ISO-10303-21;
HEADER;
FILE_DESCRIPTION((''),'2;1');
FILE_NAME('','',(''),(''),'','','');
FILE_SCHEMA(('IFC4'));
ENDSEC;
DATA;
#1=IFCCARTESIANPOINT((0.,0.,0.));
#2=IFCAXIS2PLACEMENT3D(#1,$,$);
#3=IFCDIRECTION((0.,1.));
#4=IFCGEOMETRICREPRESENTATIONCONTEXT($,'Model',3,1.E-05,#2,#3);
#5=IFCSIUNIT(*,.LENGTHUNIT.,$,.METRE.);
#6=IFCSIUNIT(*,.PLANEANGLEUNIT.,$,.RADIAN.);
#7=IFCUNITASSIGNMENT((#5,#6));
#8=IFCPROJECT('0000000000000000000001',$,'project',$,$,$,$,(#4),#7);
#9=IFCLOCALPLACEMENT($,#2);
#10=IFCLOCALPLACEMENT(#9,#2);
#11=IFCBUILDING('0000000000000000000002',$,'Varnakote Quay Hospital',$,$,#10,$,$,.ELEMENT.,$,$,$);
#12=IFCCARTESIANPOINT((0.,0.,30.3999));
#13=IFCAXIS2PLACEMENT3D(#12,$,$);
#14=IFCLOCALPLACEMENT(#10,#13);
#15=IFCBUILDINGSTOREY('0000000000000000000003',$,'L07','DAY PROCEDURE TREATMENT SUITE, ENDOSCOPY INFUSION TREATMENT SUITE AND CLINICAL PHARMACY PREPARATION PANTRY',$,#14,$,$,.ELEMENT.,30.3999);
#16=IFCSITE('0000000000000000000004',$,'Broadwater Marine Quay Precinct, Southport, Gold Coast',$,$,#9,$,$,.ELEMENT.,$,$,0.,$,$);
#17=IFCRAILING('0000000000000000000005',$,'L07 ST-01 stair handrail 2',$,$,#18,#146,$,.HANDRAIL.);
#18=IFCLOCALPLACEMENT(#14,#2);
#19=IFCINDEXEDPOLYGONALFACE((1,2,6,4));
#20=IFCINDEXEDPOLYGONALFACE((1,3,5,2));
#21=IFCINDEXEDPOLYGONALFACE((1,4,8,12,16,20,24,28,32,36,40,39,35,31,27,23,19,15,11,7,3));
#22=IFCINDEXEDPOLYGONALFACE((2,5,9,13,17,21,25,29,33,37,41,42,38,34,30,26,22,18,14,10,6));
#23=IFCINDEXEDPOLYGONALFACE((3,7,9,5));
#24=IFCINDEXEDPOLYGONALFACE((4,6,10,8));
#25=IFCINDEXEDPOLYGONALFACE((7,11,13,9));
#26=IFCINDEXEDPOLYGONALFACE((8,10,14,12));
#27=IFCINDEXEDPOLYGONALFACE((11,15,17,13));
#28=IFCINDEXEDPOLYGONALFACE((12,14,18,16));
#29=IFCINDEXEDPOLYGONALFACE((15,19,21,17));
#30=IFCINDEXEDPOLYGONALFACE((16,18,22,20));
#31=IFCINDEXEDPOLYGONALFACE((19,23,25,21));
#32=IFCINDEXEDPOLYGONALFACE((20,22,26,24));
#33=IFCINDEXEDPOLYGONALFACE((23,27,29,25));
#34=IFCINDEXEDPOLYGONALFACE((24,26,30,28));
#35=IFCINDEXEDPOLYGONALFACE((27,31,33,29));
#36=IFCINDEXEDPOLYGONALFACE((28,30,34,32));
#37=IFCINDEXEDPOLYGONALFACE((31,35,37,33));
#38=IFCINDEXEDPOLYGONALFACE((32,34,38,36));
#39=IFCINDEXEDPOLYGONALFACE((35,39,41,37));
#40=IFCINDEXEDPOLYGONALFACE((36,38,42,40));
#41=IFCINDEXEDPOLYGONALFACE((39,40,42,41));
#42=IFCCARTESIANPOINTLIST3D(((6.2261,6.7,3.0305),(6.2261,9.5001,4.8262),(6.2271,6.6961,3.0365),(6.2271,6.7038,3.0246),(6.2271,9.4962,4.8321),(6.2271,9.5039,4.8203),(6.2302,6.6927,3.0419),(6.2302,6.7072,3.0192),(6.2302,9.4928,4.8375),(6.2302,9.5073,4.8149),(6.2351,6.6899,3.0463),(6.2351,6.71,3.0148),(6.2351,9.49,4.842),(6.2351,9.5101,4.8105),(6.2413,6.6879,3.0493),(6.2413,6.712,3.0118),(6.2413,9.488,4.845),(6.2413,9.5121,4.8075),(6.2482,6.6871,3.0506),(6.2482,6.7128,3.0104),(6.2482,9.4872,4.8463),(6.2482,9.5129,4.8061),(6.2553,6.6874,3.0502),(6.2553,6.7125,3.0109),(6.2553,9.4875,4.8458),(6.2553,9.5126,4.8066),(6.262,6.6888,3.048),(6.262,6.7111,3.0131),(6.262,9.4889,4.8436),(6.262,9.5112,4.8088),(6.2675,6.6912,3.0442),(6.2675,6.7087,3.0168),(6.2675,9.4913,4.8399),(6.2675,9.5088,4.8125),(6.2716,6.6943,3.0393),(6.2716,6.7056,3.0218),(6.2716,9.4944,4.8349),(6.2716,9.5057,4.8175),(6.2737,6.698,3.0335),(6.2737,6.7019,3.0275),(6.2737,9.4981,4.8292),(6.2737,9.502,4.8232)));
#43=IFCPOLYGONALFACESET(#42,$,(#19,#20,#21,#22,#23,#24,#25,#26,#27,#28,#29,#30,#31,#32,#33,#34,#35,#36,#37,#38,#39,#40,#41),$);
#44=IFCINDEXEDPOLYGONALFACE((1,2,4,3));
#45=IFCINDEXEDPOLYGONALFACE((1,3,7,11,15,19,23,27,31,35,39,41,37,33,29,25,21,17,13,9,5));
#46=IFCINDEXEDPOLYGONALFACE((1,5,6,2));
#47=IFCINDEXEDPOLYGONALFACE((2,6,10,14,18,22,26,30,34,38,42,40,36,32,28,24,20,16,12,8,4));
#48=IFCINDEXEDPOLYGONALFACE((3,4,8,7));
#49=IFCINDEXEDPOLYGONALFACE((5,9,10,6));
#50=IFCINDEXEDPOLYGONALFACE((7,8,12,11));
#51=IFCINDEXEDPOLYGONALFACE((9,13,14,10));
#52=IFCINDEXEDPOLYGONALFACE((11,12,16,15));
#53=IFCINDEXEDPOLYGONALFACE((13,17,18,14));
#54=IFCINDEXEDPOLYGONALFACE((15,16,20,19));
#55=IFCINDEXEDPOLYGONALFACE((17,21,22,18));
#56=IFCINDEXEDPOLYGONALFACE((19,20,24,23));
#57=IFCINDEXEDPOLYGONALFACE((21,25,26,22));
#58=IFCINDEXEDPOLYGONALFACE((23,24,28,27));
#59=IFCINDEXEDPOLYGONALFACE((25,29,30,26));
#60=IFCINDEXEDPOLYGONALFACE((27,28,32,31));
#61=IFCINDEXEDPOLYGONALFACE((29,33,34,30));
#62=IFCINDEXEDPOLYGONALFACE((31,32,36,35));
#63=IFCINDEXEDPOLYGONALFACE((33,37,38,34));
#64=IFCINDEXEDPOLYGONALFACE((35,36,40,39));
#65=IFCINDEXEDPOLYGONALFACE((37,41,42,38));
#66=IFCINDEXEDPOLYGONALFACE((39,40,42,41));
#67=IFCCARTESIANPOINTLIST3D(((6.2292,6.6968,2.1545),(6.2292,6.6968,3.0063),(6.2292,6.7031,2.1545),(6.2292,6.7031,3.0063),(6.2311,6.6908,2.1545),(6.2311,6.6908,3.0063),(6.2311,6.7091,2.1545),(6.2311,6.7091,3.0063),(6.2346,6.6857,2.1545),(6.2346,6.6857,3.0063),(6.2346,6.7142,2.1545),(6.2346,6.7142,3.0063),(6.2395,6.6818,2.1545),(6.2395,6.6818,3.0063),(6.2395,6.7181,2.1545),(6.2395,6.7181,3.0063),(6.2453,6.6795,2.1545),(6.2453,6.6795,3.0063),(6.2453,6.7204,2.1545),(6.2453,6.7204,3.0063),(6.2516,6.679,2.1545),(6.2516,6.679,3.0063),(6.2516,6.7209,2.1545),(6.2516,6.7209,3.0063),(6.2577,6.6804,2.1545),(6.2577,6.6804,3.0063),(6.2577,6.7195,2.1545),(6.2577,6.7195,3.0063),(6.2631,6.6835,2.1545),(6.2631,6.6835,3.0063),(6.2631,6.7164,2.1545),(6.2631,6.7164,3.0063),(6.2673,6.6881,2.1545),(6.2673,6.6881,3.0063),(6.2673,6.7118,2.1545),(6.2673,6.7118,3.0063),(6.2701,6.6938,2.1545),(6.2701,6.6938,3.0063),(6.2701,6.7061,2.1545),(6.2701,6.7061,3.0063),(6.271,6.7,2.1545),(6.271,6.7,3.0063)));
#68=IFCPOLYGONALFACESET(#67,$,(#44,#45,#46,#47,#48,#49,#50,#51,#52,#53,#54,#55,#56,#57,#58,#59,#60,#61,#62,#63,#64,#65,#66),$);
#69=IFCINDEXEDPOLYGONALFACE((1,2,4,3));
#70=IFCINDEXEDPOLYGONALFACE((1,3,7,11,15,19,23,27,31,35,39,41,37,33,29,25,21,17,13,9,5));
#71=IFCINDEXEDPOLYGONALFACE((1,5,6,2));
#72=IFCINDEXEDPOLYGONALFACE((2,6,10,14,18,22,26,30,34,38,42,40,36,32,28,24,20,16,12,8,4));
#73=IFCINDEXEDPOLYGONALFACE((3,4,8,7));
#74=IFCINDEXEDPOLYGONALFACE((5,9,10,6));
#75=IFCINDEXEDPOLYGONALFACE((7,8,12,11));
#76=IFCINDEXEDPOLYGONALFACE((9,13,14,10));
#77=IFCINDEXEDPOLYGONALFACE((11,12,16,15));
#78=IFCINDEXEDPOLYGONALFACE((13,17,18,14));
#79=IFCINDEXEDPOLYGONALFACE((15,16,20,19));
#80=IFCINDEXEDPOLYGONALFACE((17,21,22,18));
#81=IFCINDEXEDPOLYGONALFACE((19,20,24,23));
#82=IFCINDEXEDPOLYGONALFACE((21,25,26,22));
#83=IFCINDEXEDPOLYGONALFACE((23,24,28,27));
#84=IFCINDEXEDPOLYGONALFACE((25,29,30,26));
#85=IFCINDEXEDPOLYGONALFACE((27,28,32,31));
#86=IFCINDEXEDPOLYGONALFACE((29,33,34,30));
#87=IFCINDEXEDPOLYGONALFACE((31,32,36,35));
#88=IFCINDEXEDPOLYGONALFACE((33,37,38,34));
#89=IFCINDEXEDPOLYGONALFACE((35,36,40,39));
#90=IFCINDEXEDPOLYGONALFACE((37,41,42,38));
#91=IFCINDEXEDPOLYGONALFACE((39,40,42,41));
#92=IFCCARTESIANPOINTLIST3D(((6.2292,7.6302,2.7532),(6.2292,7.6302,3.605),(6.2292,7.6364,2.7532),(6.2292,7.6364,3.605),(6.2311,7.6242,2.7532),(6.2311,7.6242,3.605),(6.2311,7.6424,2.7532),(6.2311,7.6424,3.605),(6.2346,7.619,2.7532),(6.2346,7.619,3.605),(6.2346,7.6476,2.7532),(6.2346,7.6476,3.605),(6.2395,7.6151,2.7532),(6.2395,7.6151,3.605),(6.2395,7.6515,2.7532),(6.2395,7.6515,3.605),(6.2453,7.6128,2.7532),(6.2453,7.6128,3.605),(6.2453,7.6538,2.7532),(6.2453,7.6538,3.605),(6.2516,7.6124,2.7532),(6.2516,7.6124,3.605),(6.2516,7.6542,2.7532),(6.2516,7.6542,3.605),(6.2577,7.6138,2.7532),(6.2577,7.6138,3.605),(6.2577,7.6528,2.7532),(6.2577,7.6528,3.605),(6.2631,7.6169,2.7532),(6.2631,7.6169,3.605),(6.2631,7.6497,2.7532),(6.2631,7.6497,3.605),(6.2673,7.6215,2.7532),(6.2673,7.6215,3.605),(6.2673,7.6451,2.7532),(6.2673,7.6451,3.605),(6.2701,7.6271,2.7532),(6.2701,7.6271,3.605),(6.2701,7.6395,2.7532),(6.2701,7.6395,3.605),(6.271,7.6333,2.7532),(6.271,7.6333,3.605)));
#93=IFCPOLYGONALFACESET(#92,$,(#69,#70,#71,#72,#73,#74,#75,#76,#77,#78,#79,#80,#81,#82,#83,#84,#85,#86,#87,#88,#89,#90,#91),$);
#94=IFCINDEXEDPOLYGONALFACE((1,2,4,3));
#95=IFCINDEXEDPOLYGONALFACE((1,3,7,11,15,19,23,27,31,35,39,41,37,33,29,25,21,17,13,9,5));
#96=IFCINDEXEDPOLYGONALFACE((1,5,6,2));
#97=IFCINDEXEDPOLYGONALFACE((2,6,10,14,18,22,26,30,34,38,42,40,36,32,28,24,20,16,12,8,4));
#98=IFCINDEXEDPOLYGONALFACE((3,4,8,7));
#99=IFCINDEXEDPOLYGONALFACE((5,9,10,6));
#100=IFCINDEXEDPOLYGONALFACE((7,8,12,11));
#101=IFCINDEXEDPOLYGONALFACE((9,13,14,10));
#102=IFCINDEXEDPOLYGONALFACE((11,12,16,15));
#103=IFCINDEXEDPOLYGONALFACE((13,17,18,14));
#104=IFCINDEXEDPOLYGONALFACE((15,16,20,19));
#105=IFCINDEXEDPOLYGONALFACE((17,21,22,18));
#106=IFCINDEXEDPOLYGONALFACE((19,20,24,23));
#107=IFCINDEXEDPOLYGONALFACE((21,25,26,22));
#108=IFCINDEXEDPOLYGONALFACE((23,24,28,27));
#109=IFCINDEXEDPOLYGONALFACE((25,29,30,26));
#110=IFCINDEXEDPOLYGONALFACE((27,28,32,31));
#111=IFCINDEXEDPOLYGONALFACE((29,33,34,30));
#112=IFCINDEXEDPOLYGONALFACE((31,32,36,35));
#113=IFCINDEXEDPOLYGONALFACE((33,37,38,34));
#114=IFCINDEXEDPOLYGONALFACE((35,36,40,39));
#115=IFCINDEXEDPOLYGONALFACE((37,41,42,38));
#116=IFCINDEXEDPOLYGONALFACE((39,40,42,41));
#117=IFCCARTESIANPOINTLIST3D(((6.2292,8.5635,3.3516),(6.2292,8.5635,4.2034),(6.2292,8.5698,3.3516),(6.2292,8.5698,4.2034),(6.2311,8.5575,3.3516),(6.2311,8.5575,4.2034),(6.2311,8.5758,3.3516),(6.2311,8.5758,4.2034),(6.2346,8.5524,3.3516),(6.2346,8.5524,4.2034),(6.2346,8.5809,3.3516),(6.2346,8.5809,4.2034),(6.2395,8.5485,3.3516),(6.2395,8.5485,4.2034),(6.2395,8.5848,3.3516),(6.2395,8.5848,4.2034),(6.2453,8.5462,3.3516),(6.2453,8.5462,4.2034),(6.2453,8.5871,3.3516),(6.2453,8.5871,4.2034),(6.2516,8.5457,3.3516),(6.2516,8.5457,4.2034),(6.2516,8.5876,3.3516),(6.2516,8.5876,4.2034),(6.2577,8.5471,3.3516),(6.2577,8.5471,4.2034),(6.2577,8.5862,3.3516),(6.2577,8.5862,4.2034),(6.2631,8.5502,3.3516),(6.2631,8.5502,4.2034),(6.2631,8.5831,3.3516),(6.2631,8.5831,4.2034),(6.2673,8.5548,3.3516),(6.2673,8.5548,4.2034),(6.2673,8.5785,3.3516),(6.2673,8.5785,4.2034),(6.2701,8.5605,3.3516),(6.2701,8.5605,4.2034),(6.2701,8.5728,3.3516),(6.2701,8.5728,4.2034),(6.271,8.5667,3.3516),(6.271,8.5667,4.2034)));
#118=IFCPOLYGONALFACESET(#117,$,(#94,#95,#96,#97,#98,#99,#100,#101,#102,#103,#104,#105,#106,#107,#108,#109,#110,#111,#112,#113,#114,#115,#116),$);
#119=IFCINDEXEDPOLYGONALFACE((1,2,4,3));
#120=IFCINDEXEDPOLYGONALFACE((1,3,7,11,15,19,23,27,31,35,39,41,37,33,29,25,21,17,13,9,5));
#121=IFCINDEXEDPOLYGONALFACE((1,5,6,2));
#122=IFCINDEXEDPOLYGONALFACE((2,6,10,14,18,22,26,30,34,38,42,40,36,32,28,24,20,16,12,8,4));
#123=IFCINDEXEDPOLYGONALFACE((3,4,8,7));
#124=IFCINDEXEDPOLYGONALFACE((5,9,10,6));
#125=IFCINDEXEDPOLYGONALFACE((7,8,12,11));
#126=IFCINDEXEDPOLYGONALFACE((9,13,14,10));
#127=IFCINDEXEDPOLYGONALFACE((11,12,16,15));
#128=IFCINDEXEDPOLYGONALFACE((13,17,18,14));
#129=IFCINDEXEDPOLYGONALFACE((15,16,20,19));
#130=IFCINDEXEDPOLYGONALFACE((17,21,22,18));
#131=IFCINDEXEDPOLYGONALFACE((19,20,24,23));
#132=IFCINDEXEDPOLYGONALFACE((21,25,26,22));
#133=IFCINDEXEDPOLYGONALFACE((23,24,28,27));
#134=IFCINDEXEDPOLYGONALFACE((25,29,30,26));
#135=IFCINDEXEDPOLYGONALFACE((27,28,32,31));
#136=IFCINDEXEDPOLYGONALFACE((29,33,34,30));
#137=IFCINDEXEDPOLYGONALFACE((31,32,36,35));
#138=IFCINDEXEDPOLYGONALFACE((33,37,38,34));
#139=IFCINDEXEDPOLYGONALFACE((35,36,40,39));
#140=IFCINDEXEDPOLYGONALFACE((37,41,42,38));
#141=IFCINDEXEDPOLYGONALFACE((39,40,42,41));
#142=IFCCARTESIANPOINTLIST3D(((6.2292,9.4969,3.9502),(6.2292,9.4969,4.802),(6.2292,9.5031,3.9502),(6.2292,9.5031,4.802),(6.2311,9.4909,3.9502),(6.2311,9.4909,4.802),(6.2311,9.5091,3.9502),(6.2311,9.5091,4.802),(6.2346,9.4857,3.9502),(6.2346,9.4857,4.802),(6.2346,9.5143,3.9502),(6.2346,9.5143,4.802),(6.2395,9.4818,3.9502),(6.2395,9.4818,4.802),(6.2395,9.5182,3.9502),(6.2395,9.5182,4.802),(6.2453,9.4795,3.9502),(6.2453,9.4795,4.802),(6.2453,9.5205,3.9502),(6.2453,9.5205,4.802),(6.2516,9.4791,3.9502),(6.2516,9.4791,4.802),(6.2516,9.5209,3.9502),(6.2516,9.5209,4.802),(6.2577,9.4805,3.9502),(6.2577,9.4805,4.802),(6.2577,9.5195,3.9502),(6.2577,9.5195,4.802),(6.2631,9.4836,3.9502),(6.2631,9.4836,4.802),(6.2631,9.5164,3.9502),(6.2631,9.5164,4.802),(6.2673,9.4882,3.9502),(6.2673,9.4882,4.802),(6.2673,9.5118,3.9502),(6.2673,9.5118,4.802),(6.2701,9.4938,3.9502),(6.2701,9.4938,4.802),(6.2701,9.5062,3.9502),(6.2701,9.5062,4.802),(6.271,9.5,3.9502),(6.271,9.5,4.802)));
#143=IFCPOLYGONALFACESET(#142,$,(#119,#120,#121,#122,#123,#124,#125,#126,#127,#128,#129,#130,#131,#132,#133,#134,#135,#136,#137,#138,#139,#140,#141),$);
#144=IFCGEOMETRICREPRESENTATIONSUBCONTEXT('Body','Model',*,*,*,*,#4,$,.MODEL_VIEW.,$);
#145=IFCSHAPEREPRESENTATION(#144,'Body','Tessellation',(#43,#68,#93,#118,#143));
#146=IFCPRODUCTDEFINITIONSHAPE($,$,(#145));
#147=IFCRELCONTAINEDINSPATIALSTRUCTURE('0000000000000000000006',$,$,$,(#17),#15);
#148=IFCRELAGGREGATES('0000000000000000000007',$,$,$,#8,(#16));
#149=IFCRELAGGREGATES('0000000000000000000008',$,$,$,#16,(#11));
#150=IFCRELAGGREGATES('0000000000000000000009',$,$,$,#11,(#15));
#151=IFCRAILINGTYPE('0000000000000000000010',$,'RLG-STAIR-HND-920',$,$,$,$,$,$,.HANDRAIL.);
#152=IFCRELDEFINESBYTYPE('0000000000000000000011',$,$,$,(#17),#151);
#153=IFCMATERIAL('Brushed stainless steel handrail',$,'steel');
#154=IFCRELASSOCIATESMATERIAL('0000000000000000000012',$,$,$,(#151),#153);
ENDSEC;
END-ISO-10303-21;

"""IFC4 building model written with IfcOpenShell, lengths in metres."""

from ifc_helpers import new_model, si_unit, direction, frame, origin, origin_2d, place, context, subcontext, project, spatial, circle, extrude, material, type_object, element, save


model = new_model("IFC4")

# Units and contexts
model_context = context("Model", 3, precision=1e-05, world=origin(), true_north=direction((0.0, 1.0)))
body_context = subcontext(model_context, "Body", "Model", "MODEL_VIEW")
ifc_project = project(units=[si_unit("LENGTHUNIT", "METRE"), si_unit("PLANEANGLEUNIT", "RADIAN")], contexts=[model_context])

# Site, building, storey
site_placement = place(None, origin())
site = spatial("IfcSite", under=ifc_project, at=site_placement, Name="Broadwater Marine Quay Precinct, Southport, Gold Coast", CompositionType="ELEMENT", RefElevation=0.0)
building_placement = place(site_placement, origin())
building = spatial("IfcBuilding", under=site, at=building_placement, Name="Varnakote Quay Hospital", CompositionType="ELEMENT")
storey_placement = place(building_placement, frame((0.0, 0.0, 30.3999)))
storey = spatial("IfcBuildingStorey", under=building, at=storey_placement, Name="L07", Description="DAY PROCEDURE TREATMENT SUITE, ENDOSCOPY INFUSION TREATMENT SUITE AND CLINICAL PHARMACY PREPARATION PANTRY", CompositionType="ELEMENT", Elevation=30.3999)

# Railing
ifc_material_1 = material(Name="Brushed stainless steel handrail", Category="steel")
railing_type_1 = type_object("IfcRailingType", Name="RLG-STAIR-HND-920", PredefinedType="HANDRAIL", material=ifc_material_1)
railing_1_placement = place(storey_placement, frame((6.25, 6.7, 2.1545)))
element("IfcRailing", 1, at=railing_1_placement, inside=storey, type_object=railing_type_1, Name="L07 ST-01 stair handrail 2", PredefinedType="HANDRAIL", context=body_context, shape_type="SweptSolid", body=[
    extrude(circle(Radius=0.0239, at=origin_2d()), frame((0.0, 0.0, 0.876), z_axis=(0.0, 0.841777, 0.539826), x_axis=(-1.0, 0.0, 0.0)), (0.0, 0.0, 1.0), 3.3264),
    extrude(circle(Radius=0.021, at=origin_2d()), origin(), (0.0, 0.0, 1.0), 0.8518),
    extrude(circle(Radius=0.021, at=origin_2d()), frame((0.0, 0.9333, 0.5986)), (0.0, 0.0, 1.0), 0.8518),
    extrude(circle(Radius=0.021, at=origin_2d()), frame((0.0, 1.8667, 1.197)), (0.0, 0.0, 1.0), 0.8518),
    extrude(circle(Radius=0.021, at=origin_2d()), frame((0.0, 2.8, 1.7957)), (0.0, 0.0, 1.0), 0.8518),
])

save(model, "model.ifc")
